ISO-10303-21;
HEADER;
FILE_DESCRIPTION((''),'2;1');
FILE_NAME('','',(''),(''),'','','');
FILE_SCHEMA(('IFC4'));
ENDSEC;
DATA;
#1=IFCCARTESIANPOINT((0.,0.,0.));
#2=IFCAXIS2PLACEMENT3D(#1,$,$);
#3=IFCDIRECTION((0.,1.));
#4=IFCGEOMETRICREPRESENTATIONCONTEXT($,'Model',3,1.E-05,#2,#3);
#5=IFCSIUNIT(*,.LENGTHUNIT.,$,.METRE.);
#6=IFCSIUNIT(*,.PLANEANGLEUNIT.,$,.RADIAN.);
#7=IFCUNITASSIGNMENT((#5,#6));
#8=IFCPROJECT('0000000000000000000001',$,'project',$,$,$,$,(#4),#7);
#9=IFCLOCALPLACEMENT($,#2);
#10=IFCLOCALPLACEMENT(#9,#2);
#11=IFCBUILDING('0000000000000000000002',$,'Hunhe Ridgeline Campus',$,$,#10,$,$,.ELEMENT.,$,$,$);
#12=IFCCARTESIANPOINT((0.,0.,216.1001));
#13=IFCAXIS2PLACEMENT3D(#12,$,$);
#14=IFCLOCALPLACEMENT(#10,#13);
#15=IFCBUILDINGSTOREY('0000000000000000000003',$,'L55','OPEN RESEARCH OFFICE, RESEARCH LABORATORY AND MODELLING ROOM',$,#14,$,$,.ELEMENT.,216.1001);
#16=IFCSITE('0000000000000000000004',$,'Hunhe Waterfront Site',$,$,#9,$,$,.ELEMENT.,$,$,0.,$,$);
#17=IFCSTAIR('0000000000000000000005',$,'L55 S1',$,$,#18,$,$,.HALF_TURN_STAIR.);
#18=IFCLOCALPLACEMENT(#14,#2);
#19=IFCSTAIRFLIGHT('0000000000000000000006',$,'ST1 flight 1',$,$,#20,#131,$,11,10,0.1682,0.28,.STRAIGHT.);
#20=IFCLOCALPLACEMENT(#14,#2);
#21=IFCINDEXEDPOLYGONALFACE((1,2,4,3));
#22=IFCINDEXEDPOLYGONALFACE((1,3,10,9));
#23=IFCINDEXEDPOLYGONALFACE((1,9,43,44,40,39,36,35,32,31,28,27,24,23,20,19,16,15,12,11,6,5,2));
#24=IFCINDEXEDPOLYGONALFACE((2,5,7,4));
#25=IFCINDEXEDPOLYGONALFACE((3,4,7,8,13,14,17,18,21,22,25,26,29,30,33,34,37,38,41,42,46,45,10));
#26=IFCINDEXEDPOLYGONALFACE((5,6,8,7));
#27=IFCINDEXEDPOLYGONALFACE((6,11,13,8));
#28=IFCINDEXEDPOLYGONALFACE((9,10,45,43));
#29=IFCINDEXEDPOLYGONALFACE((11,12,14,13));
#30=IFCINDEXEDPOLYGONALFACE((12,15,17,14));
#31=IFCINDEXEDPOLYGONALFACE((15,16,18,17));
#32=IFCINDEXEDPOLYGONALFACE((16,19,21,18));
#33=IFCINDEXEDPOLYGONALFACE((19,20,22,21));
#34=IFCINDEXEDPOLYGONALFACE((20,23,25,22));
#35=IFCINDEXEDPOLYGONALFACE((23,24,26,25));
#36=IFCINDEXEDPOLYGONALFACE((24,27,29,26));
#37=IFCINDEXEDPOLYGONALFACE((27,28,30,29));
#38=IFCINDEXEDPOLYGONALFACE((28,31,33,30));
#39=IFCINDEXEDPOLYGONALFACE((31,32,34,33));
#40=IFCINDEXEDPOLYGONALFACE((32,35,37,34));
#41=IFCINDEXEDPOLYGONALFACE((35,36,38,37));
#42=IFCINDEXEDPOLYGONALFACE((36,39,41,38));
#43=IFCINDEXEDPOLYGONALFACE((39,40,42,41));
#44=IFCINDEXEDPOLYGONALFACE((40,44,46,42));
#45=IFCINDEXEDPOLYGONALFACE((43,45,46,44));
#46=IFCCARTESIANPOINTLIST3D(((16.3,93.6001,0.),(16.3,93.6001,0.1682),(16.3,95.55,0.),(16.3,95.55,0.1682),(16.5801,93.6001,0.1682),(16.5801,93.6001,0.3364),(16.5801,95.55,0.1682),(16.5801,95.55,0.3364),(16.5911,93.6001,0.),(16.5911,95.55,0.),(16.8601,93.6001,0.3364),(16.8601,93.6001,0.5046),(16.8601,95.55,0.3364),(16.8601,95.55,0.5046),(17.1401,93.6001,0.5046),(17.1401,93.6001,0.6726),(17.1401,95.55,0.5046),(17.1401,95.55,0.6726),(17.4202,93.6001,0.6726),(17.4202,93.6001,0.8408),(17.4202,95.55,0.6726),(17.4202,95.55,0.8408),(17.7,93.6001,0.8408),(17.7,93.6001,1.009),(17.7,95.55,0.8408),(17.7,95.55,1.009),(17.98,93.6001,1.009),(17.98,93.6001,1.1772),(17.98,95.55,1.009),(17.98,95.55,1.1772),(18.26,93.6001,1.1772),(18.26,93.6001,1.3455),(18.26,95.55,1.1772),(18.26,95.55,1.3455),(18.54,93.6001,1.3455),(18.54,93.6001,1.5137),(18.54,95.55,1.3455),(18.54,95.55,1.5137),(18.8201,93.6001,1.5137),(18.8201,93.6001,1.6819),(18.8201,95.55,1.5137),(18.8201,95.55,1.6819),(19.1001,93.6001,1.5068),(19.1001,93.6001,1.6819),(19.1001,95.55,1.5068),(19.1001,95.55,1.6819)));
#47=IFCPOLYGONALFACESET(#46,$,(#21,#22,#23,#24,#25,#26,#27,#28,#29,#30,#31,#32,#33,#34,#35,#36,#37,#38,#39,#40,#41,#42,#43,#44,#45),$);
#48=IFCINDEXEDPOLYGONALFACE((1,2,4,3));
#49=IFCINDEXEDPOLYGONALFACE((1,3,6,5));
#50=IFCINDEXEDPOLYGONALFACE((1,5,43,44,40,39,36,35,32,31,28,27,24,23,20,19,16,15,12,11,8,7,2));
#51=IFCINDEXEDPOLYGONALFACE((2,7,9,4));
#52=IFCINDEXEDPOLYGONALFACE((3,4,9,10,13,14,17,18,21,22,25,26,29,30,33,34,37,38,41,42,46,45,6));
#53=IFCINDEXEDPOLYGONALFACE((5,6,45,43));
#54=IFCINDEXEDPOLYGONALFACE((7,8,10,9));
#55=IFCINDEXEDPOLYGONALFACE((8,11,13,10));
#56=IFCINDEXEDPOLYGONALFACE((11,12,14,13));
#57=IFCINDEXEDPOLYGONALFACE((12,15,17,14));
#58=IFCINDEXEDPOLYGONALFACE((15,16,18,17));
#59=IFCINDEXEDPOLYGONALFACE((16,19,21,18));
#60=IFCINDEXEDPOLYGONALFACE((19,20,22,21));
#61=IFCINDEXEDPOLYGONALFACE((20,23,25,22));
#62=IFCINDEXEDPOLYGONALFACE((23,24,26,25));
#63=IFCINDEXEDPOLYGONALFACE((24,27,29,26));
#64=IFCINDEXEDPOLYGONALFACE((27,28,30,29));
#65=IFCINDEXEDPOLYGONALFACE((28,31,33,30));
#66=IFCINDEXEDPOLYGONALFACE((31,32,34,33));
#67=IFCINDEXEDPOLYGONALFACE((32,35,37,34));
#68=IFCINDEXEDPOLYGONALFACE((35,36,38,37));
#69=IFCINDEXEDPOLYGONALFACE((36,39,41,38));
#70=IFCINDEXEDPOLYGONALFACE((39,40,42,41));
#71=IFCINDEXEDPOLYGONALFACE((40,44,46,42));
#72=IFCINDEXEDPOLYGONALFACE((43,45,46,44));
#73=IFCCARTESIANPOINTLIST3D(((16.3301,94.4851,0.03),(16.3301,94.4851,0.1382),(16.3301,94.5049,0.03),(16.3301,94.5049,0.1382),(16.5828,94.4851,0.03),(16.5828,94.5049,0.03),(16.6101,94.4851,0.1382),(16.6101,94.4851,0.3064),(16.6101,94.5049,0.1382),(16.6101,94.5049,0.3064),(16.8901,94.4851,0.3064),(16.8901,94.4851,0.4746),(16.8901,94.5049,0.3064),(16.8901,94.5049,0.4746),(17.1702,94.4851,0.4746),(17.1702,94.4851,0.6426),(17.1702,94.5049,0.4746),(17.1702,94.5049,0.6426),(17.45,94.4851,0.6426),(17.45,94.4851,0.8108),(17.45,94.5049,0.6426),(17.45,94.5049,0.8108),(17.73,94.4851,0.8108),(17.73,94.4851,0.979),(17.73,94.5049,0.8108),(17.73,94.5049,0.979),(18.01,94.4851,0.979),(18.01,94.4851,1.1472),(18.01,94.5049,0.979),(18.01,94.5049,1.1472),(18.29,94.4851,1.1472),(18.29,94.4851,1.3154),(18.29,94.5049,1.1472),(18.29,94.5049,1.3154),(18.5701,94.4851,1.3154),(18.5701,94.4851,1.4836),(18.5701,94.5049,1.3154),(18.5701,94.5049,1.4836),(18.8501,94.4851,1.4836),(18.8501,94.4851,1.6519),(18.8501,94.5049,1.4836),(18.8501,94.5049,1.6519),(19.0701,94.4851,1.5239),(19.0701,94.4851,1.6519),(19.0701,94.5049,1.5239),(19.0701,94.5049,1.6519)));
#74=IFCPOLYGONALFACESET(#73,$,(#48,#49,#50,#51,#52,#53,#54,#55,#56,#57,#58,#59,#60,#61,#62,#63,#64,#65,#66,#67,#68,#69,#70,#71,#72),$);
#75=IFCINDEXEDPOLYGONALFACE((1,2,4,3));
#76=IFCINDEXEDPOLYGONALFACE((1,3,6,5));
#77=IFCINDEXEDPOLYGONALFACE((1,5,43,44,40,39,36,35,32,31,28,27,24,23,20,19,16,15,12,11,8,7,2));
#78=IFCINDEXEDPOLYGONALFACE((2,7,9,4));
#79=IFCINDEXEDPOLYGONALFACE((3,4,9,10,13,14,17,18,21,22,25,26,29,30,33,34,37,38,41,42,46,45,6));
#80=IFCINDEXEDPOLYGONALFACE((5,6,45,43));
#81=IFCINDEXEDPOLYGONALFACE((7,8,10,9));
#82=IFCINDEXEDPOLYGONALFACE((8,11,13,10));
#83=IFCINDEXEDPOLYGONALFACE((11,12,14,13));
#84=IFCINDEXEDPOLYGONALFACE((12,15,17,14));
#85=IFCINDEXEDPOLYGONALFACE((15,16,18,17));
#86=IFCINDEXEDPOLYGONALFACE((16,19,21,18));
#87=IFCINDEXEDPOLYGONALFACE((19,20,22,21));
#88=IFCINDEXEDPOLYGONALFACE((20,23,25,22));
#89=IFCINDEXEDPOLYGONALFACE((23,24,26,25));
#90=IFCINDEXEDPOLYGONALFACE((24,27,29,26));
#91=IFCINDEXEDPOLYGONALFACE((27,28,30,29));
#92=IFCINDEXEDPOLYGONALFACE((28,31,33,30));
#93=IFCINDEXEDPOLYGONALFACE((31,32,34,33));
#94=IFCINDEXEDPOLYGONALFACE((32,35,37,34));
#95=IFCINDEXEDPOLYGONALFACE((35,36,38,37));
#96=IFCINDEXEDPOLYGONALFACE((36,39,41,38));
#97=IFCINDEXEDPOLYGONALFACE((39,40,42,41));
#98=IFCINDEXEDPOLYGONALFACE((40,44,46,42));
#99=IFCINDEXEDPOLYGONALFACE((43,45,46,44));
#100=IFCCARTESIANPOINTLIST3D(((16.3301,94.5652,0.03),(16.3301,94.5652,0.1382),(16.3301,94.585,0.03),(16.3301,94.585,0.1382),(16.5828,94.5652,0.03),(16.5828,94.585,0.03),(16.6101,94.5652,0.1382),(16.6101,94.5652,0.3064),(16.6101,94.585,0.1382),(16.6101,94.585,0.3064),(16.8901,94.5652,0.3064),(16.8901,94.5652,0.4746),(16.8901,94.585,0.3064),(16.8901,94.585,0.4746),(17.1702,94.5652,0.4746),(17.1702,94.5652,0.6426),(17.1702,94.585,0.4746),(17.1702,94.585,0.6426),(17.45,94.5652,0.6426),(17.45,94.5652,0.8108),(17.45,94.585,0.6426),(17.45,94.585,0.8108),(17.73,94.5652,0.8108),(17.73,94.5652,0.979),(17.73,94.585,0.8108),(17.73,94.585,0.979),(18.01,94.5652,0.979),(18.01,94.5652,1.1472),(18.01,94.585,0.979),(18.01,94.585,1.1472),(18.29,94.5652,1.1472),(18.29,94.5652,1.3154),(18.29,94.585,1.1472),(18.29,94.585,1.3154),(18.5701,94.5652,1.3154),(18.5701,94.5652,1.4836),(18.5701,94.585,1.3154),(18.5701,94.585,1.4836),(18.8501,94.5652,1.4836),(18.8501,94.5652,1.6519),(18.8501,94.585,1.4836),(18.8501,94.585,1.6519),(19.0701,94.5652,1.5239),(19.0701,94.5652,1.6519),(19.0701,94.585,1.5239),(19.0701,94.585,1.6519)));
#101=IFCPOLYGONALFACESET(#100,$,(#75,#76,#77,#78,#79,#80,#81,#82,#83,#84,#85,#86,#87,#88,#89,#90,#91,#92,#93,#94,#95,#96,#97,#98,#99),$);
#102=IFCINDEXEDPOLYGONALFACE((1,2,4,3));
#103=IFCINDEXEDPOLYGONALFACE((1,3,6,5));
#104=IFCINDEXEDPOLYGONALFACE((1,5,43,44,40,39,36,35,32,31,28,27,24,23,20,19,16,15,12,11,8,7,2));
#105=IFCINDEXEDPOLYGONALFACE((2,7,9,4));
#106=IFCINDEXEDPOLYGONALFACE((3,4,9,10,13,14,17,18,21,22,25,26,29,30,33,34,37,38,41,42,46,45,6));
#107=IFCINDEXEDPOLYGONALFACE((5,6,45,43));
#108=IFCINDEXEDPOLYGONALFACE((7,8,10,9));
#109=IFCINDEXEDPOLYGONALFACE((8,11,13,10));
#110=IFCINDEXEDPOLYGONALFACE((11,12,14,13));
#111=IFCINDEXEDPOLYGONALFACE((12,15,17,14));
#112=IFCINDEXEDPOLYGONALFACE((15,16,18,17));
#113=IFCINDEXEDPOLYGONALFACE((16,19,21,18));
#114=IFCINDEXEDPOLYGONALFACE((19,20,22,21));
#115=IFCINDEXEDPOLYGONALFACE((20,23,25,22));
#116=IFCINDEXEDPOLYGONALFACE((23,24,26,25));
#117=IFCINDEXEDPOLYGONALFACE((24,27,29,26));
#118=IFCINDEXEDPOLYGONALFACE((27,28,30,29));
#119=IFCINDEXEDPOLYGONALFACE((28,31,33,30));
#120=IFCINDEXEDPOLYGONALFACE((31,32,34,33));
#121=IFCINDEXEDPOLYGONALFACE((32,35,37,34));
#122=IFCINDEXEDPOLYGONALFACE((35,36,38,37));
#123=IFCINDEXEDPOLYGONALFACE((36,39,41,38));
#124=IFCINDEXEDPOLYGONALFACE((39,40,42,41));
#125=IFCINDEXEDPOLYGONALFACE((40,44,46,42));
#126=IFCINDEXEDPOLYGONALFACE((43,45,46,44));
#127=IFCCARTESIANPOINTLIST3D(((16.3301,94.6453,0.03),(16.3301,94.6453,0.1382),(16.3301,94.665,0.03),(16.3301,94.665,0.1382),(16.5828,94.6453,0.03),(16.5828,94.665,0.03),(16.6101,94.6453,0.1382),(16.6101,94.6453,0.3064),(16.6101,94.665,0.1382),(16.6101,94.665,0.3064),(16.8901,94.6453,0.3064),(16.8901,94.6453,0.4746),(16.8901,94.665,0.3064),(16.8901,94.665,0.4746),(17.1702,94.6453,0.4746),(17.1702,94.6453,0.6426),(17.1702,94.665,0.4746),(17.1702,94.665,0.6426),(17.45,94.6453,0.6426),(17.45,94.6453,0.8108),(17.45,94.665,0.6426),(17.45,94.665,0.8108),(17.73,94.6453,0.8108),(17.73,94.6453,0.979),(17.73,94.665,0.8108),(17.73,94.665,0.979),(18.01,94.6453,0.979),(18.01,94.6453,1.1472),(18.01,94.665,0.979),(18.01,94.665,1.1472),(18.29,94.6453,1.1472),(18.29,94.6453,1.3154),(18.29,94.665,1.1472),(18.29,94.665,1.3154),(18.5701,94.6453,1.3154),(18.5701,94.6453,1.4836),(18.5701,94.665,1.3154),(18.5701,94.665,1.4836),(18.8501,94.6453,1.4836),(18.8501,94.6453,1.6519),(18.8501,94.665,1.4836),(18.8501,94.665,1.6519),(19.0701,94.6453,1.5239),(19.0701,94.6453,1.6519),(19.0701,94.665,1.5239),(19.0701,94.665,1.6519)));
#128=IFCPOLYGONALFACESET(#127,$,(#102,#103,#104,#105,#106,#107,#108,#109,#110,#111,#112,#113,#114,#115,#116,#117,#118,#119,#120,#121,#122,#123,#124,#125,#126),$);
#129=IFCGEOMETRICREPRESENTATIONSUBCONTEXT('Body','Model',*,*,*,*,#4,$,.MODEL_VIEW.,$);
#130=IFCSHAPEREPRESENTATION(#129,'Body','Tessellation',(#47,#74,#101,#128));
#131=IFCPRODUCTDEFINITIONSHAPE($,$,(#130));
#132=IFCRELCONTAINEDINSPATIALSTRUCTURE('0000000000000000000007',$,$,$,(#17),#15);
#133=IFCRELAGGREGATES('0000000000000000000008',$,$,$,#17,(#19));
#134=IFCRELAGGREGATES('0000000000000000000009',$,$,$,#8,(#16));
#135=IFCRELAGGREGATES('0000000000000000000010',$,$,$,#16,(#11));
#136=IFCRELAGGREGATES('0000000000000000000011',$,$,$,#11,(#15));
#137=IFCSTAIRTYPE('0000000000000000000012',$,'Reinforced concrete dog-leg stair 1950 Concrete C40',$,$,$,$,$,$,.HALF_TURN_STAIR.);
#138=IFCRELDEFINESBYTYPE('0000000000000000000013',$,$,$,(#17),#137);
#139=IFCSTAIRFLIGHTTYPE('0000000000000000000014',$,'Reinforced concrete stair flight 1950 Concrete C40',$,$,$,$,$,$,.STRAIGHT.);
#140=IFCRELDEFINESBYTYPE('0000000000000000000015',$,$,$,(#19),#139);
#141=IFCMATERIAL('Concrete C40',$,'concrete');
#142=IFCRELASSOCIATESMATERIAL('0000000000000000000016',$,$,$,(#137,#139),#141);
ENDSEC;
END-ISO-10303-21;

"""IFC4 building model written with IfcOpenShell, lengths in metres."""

from ifc_helpers import new_model, si_unit, direction, frame, origin, place, context, subcontext, project, spatial, polyline, outline, extrude, material, type_object, element, aggregate, save


model = new_model("IFC4")

# Units and contexts
model_context = context("Model", 3, precision=1e-05, world=origin(), true_north=direction((0.0, 1.0)))
body_context = subcontext(model_context, "Body", "Model", "MODEL_VIEW")
ifc_project = project(units=[si_unit("LENGTHUNIT", "METRE"), si_unit("PLANEANGLEUNIT", "RADIAN")], contexts=[model_context])

# Site, building, storey
site_placement = place(None, origin())
site = spatial("IfcSite", under=ifc_project, at=site_placement, Name="Hunhe Waterfront Site", CompositionType="ELEMENT", RefElevation=0.0)
building_placement = place(site_placement, origin())
building = spatial("IfcBuilding", under=site, at=building_placement, Name="Hunhe Ridgeline Campus", CompositionType="ELEMENT")
storey_placement = place(building_placement, frame((0.0, 0.0, 216.1001)))
storey = spatial("IfcBuildingStorey", under=building, at=storey_placement, Name="L55", Description="OPEN RESEARCH OFFICE, RESEARCH LABORATORY AND MODELLING ROOM", CompositionType="ELEMENT", Elevation=216.1001)

# Stair, stair flight
ifc_material_1 = material(Name="Concrete C40", Category="concrete")
stair_type = type_object("IfcStairType", Name="Reinforced concrete dog-leg stair 1950 Concrete C40", PredefinedType="HALF_TURN_STAIR", material=ifc_material_1)
stair_placement = place(storey_placement, origin())
stair = element("IfcStair", 1, at=stair_placement, inside=storey, type_object=stair_type, Name="L55 S1", PredefinedType="HALF_TURN_STAIR")
stair_flight_type = type_object("IfcStairFlightType", Name="Reinforced concrete stair flight 1950 Concrete C40", PredefinedType="STRAIGHT", material=ifc_material_1)
stair_flight_1_placement = place(storey_placement, frame((16.3, 94.575, 0.0), z_axis=(0.0, 0.0, 1.0), x_axis=(1.0, 0.0, 0.0)))
stair_flight_1 = element("IfcStairFlight", 2, at=stair_flight_1_placement, type_object=stair_flight_type, Name="ST1 flight 1", NumberOfRisers=11, NumberOfTreads=10, PredefinedType="STRAIGHT", RiserHeight=0.1682, TreadLength=0.28, context=body_context, shape_type="SweptSolid", body=[
    extrude(outline(polyline([(0.0, 0.0), (0.0, 0.1682), (0.28, 0.1682), (0.28, 0.3364), (0.5601, 0.3364), (0.5601, 0.5046), (0.8401, 0.5046), (0.8401, 0.6726), (1.1201, 0.6726), (1.1201, 0.8408), (1.3999, 0.8408), (1.3999, 1.009), (1.6799, 1.009), (1.6799, 1.1772), (1.96, 1.1772), (1.96, 1.3455), (2.24, 1.3455), (2.24, 1.5137), (2.52, 1.5137), (2.52, 1.6819), (2.8, 1.6819), (2.8, 1.8501), (2.8, 1.5068), (0.291, 0.0), (0.0, 0.0)])), frame((0.0, 0.9751, 0.0), z_axis=(0.0, -1.0, 0.0), x_axis=(1.0, 0.0, 0.0)), (0.0, 0.0, 1.0), 1.95),
    extrude(outline(polyline([(0.03, 0.03), (0.03, 0.1382), (0.3101, 0.1382), (0.3101, 0.3064), (0.5901, 0.3064), (0.5901, 0.4746), (0.8701, 0.4746), (0.8701, 0.6426), (1.1499, 0.6426), (1.1499, 0.8108), (1.4299, 0.8108), (1.4299, 0.979), (1.71, 0.979), (1.71, 1.1472), (1.99, 1.1472), (1.99, 1.3154), (2.27, 1.3154), (2.27, 1.4836), (2.55, 1.4836), (2.55, 1.6519), (2.77, 1.6519), (2.77, 1.5239), (0.2827, 0.03), (0.03, 0.03)])), frame((0.0, -0.0701, 0.0), z_axis=(0.0, -1.0, 0.0), x_axis=(1.0, 0.0, 0.0)), (0.0, 0.0, 1.0), 0.0198),
    extrude(outline(polyline([(0.03, 0.03), (0.03, 0.1382), (0.3101, 0.1382), (0.3101, 0.3064), (0.5901, 0.3064), (0.5901, 0.4746), (0.8701, 0.4746), (0.8701, 0.6426), (1.1499, 0.6426), (1.1499, 0.8108), (1.4299, 0.8108), (1.4299, 0.979), (1.71, 0.979), (1.71, 1.1472), (1.99, 1.1472), (1.99, 1.3154), (2.27, 1.3154), (2.27, 1.4836), (2.55, 1.4836), (2.55, 1.6519), (2.77, 1.6519), (2.77, 1.5239), (0.2827, 0.03), (0.03, 0.03)])), frame((0.0, 0.01, 0.0), z_axis=(0.0, -1.0, 0.0), x_axis=(1.0, 0.0, 0.0)), (0.0, 0.0, 1.0), 0.0198),
    extrude(outline(polyline([(0.03, 0.03), (0.03, 0.1382), (0.3101, 0.1382), (0.3101, 0.3064), (0.5901, 0.3064), (0.5901, 0.4746), (0.8701, 0.4746), (0.8701, 0.6426), (1.1499, 0.6426), (1.1499, 0.8108), (1.4299, 0.8108), (1.4299, 0.979), (1.71, 0.979), (1.71, 1.1472), (1.99, 1.1472), (1.99, 1.3154), (2.27, 1.3154), (2.27, 1.4836), (2.55, 1.4836), (2.55, 1.6519), (2.77, 1.6519), (2.77, 1.5239), (0.2827, 0.03), (0.03, 0.03)])), frame((0.0, 0.0901, 0.0), z_axis=(0.0, -1.0, 0.0), x_axis=(1.0, 0.0, 0.0)), (0.0, 0.0, 1.0), 0.0198),
])
aggregate(stair, [stair_flight_1])

save(model, "model.ifc")
